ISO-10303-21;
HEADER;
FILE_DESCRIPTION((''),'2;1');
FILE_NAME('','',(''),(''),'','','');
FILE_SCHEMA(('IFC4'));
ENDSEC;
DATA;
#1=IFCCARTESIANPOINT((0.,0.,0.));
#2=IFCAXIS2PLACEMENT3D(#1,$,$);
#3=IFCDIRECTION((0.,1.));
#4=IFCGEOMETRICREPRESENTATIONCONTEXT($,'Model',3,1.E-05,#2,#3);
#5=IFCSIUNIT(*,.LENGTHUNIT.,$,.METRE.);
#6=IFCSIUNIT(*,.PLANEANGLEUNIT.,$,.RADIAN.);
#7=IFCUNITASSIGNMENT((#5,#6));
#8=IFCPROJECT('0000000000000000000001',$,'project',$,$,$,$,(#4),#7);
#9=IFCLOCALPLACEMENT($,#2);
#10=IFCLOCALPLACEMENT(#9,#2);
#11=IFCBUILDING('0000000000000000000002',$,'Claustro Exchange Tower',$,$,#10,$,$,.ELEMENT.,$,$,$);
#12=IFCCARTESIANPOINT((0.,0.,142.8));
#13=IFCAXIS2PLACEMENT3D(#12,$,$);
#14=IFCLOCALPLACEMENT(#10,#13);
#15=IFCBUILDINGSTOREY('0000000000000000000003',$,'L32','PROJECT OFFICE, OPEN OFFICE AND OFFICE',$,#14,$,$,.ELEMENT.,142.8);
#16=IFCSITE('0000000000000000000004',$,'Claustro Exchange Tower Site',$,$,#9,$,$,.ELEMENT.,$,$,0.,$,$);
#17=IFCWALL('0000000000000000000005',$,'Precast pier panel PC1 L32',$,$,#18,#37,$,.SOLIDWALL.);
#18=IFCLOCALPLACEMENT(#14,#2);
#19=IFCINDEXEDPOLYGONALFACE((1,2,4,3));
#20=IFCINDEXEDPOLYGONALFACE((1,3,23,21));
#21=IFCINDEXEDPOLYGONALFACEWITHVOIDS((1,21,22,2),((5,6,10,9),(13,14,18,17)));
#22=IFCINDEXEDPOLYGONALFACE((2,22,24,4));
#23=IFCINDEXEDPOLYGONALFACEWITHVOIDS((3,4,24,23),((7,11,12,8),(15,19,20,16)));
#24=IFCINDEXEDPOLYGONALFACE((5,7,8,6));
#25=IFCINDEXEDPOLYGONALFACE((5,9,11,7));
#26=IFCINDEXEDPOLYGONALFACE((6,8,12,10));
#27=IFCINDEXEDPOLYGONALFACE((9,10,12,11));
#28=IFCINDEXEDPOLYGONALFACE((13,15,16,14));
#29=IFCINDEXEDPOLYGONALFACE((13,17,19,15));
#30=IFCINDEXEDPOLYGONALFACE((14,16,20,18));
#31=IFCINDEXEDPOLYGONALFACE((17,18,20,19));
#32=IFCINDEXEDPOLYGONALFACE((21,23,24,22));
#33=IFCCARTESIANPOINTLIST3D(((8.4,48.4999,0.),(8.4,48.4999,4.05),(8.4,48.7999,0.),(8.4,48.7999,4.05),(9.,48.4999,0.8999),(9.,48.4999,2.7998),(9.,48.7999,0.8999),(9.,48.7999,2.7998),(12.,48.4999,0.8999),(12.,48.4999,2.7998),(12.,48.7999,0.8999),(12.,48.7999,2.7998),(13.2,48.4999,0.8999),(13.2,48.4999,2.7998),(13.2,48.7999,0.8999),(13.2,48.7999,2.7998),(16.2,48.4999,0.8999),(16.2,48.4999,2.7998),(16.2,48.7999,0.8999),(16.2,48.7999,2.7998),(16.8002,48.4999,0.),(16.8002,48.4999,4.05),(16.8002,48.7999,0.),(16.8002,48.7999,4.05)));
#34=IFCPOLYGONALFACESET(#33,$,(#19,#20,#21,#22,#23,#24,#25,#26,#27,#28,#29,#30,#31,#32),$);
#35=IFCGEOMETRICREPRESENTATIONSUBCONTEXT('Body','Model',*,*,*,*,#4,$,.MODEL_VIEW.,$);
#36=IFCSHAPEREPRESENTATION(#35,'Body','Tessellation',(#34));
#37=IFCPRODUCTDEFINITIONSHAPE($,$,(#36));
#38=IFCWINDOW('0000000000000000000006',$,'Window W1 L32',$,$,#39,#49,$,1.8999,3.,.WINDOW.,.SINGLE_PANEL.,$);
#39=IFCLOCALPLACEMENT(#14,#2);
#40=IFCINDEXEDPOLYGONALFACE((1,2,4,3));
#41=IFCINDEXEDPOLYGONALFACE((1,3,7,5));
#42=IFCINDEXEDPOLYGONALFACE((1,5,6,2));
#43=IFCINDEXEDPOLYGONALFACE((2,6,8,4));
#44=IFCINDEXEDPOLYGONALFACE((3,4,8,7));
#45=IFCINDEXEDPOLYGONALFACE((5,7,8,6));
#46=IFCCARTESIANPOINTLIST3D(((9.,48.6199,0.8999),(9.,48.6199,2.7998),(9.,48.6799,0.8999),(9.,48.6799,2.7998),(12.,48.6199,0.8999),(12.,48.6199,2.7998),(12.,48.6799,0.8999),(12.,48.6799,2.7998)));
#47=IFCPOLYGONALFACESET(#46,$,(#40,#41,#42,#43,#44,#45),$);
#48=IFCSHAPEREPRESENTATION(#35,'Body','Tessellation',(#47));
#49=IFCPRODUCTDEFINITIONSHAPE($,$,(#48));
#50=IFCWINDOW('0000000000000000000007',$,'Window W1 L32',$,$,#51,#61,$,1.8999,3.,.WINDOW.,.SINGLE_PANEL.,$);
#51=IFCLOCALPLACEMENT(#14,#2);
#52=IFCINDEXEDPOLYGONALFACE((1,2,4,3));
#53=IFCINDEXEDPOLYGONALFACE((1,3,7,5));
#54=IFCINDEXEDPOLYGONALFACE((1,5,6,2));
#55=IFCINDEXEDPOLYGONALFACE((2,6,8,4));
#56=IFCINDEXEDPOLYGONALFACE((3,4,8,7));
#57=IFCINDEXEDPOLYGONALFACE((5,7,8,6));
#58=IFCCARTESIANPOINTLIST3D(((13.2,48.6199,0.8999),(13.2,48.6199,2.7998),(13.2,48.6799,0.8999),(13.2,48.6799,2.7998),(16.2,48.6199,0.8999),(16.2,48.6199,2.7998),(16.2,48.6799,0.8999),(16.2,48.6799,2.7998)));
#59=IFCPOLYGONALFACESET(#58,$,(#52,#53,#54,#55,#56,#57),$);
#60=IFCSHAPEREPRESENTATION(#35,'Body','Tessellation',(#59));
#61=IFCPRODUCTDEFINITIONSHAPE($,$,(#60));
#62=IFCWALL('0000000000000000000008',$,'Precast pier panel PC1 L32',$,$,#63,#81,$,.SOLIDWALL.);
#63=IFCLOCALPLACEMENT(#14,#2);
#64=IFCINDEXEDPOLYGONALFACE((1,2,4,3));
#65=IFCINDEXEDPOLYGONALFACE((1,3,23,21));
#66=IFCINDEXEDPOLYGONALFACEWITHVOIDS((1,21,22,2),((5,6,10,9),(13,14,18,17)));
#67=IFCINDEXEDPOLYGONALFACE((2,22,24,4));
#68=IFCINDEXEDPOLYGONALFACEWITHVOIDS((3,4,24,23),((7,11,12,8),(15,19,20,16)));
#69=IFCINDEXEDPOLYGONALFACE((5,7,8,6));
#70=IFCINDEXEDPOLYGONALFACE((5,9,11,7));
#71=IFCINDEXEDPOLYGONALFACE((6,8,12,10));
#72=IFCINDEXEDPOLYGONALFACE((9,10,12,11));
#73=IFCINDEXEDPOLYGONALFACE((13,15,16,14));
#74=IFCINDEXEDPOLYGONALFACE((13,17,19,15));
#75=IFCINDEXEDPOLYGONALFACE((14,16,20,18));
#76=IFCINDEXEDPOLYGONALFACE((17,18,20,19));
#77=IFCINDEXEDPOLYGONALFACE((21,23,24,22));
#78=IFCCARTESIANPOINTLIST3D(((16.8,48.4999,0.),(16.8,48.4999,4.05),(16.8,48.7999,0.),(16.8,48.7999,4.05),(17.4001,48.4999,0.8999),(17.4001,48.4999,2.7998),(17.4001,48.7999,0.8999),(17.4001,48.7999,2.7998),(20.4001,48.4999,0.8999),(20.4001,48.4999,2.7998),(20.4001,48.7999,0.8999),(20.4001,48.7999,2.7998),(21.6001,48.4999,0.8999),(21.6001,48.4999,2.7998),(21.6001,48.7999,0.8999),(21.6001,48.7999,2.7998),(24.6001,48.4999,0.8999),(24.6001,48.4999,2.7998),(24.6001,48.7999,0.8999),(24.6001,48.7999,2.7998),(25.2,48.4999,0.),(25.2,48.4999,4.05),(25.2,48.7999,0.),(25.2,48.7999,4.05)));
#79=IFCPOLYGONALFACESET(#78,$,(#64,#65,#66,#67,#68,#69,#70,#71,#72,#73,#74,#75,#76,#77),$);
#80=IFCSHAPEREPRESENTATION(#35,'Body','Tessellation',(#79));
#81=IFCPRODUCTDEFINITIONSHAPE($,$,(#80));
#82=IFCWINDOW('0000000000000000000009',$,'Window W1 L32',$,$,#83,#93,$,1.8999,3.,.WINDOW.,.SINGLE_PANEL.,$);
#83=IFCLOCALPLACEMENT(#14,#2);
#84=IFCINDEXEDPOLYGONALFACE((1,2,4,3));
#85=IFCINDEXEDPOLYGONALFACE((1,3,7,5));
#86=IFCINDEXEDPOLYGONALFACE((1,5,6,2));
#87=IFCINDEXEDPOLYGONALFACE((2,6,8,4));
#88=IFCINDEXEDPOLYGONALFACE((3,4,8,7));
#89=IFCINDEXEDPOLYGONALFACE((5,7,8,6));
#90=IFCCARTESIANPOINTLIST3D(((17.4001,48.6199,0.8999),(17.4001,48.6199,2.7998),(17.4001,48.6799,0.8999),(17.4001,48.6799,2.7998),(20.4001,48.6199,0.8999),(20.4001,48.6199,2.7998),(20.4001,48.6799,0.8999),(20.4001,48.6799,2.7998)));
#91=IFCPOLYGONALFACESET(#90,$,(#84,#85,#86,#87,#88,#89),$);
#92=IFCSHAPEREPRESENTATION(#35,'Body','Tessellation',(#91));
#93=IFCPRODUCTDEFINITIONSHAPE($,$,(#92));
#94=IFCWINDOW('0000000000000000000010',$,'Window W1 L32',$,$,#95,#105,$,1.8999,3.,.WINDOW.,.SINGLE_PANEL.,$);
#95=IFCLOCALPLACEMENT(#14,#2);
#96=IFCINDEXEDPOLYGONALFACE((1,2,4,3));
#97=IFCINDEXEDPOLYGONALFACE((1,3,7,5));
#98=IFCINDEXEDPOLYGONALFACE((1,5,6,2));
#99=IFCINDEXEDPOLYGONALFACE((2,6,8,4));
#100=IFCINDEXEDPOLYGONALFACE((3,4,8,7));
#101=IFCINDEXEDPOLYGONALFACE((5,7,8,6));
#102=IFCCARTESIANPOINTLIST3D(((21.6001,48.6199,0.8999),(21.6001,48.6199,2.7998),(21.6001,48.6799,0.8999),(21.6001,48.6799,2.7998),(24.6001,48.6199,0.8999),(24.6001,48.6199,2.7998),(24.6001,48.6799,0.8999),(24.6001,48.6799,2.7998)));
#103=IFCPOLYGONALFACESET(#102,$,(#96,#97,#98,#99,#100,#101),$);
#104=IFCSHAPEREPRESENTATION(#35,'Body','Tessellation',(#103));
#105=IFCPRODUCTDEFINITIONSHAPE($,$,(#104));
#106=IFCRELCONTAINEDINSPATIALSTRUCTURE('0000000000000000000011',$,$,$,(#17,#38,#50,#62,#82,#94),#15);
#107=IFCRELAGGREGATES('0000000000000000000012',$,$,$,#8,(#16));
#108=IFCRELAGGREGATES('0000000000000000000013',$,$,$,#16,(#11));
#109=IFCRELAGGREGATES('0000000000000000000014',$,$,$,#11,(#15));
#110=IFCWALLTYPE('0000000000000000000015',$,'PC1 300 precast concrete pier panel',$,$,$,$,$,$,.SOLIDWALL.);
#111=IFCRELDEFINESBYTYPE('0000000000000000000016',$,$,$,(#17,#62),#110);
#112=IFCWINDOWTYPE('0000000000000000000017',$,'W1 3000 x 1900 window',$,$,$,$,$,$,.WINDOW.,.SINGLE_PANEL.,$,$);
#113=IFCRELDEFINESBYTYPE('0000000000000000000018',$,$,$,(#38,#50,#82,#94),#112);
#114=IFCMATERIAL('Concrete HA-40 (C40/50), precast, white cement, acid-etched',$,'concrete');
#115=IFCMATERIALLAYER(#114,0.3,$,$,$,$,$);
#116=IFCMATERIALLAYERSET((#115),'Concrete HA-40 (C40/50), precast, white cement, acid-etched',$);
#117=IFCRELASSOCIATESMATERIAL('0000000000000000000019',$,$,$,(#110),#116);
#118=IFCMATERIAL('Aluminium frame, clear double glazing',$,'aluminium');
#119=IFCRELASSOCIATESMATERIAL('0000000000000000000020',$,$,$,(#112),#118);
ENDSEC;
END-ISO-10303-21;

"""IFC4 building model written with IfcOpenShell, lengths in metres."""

from ifc_helpers import new_model, si_unit, direction, frame, frame_2d, origin, place, context, subcontext, project, spatial, rectangle, extrude, material, layer, layer_set, type_object, element, fill, save


model = new_model("IFC4")

# Units and contexts
model_context = context("Model", 3, precision=1e-05, world=origin(), true_north=direction((0.0, 1.0)))
body_context = subcontext(model_context, "Body", "Model", "MODEL_VIEW")
ifc_project = project(units=[si_unit("LENGTHUNIT", "METRE"), si_unit("PLANEANGLEUNIT", "RADIAN")], contexts=[model_context])

# Site, building, storey
site_placement = place(None, origin())
site = spatial("IfcSite", under=ifc_project, at=site_placement, Name="Claustro Exchange Tower Site", CompositionType="ELEMENT", RefElevation=0.0)
building_placement = place(site_placement, origin())
building = spatial("IfcBuilding", under=site, at=building_placement, Name="Claustro Exchange Tower", CompositionType="ELEMENT")
storey_placement = place(building_placement, frame((0.0, 0.0, 142.8)))
storey = spatial("IfcBuildingStorey", under=building, at=storey_placement, Name="L32", Description="PROJECT OFFICE, OPEN OFFICE AND OFFICE", CompositionType="ELEMENT", Elevation=142.8)

# Walls, openings, windows
ifc_material_1 = material(Name="Concrete HA-40 (C40/50), precast, white cement, acid-etched", Category="concrete")
ifc_layer_1 = layer(ifc_material_1, 0.3)
ifc_layer_set_1 = layer_set([ifc_layer_1], Name="Concrete HA-40 (C40/50), precast, white cement, acid-etched")
wall_type_1 = type_object("IfcWallType", Name="PC1 300 precast concrete pier panel", PredefinedType="SOLIDWALL", material=ifc_layer_set_1)
wall_1_placement = place(storey_placement, frame((8.3999, 48.6499, 0.0), z_axis=(0.0, 0.0, 1.0), x_axis=(1.0, 0.0, 0.0)))
wall_1 = element("IfcWall", 1, at=wall_1_placement, inside=storey, type_object=wall_type_1, Name="Precast pier panel PC1 L32", PredefinedType="SOLIDWALL", context=body_context, shape_type="SweptSolid", body=[
    extrude(rectangle(XDim=8.4001, YDim=0.3, at=frame_2d((4.2002, 0.0))), origin(), (0.0, 0.0, 1.0), 4.05),
])
opening_1_placement = place(wall_1_placement, frame((0.6001, 0.0, 0.8999)))
opening_1 = element("IfcOpeningElement", 2, at=opening_1_placement, cuts=wall_1, PredefinedType="OPENING", context=body_context, shape_type="SweptSolid", body=[
    extrude(rectangle(XDim=3.0, YDim=1.8999, at=frame_2d((1.5, 0.95))), frame((0.0, 0.1599, 0.0), z_axis=(0.0, -1.0, 0.0), x_axis=(1.0, 0.0, 0.0)), (0.0, 0.0, 1.0), 0.3201),
])
opening_2_placement = place(wall_1_placement, frame((4.8, 0.0, 0.8999)))
opening_2 = element("IfcOpeningElement", 3, at=opening_2_placement, cuts=wall_1, PredefinedType="OPENING", context=body_context, shape_type="SweptSolid", body=[
    extrude(rectangle(XDim=3.0, YDim=1.8999, at=frame_2d((1.5, 0.95))), frame((0.0, 0.1599, 0.0), z_axis=(0.0, -1.0, 0.0), x_axis=(1.0, 0.0, 0.0)), (0.0, 0.0, 1.0), 0.3201),
])
ifc_material_2 = material(Name="Aluminium frame, clear double glazing", Category="aluminium")
window_type = type_object("IfcWindowType", Name="W1 3000 x 1900 window", PartitioningType="SINGLE_PANEL", PredefinedType="WINDOW", material=ifc_material_2)
window_1_placement = place(opening_1_placement, origin())
window_1 = element("IfcWindow", 4, at=window_1_placement, inside=storey, type_object=window_type, Name="Window W1 L32", OverallHeight=1.8999, OverallWidth=3.0, PartitioningType="SINGLE_PANEL", PredefinedType="WINDOW", context=body_context, shape_type="SweptSolid", body=[
    extrude(rectangle(XDim=3.0, YDim=1.8999, at=frame_2d((1.5, 0.95))), frame((0.0, 0.03, 0.0), z_axis=(0.0, -1.0, 0.0), x_axis=(1.0, 0.0, 0.0)), (0.0, 0.0, 1.0), 0.0601),
])
fill(opening_1, window_1)
window_2_placement = place(opening_2_placement, origin())
window_2 = element("IfcWindow", 5, at=window_2_placement, inside=storey, type_object=window_type, Name="Window W1 L32", OverallHeight=1.8999, OverallWidth=3.0, PartitioningType="SINGLE_PANEL", PredefinedType="WINDOW", context=body_context, shape_type="SweptSolid", body=[
    extrude(rectangle(XDim=3.0, YDim=1.8999, at=frame_2d((1.5, 0.95))), frame((0.0, 0.03, 0.0), z_axis=(0.0, -1.0, 0.0), x_axis=(1.0, 0.0, 0.0)), (0.0, 0.0, 1.0), 0.0601),
])
fill(opening_2, window_2)
wall_2_placement = place(storey_placement, frame((16.8, 48.6499, 0.0), z_axis=(0.0, 0.0, 1.0), x_axis=(1.0, 0.0, 0.0)))
wall_2 = element("IfcWall", 6, at=wall_2_placement, inside=storey, type_object=wall_type_1, Name="Precast pier panel PC1 L32", PredefinedType="SOLIDWALL", context=body_context, shape_type="SweptSolid", body=[
    extrude(rectangle(XDim=8.3999, YDim=0.3, at=frame_2d((4.2, 0.0))), origin(), (0.0, 0.0, 1.0), 4.05),
])
opening_3_placement = place(wall_2_placement, frame((0.6001, 0.0, 0.8999)))
opening_3 = element("IfcOpeningElement", 7, at=opening_3_placement, cuts=wall_2, PredefinedType="OPENING", context=body_context, shape_type="SweptSolid", body=[
    extrude(rectangle(XDim=3.0, YDim=1.8999, at=frame_2d((1.5, 0.95))), frame((0.0, 0.1599, 0.0), z_axis=(0.0, -1.0, 0.0), x_axis=(1.0, 0.0, 0.0)), (0.0, 0.0, 1.0), 0.3201),
])
opening_4_placement = place(wall_2_placement, frame((4.8, 0.0, 0.8999)))
opening_4 = element("IfcOpeningElement", 8, at=opening_4_placement, cuts=wall_2, PredefinedType="OPENING", context=body_context, shape_type="SweptSolid", body=[
    extrude(rectangle(XDim=3.0, YDim=1.8999, at=frame_2d((1.5, 0.95))), frame((0.0, 0.1599, 0.0), z_axis=(0.0, -1.0, 0.0), x_axis=(1.0, 0.0, 0.0)), (0.0, 0.0, 1.0), 0.3201),
])
window_3_placement = place(opening_3_placement, origin())
window_3 = element("IfcWindow", 9, at=window_3_placement, inside=storey, type_object=window_type, Name="Window W1 L32", OverallHeight=1.8999, OverallWidth=3.0, PartitioningType="SINGLE_PANEL", PredefinedType="WINDOW", context=body_context, shape_type="SweptSolid", body=[
    extrude(rectangle(XDim=3.0, YDim=1.8999, at=frame_2d((1.5, 0.95))), frame((0.0, 0.03, 0.0), z_axis=(0.0, -1.0, 0.0), x_axis=(1.0, 0.0, 0.0)), (0.0, 0.0, 1.0), 0.0601),
])
fill(opening_3, window_3)
window_4_placement = place(opening_4_placement, origin())
window_4 = element("IfcWindow", 10, at=window_4_placement, inside=storey, type_object=window_type, Name="Window W1 L32", OverallHeight=1.8999, OverallWidth=3.0, PartitioningType="SINGLE_PANEL", PredefinedType="WINDOW", context=body_context, shape_type="SweptSolid", body=[
    extrude(rectangle(XDim=3.0, YDim=1.8999, at=frame_2d((1.5, 0.95))), frame((0.0, 0.03, 0.0), z_axis=(0.0, -1.0, 0.0), x_axis=(1.0, 0.0, 0.0)), (0.0, 0.0, 1.0), 0.0601),
])
fill(opening_4, window_4)

save(model, "model.ifc")
